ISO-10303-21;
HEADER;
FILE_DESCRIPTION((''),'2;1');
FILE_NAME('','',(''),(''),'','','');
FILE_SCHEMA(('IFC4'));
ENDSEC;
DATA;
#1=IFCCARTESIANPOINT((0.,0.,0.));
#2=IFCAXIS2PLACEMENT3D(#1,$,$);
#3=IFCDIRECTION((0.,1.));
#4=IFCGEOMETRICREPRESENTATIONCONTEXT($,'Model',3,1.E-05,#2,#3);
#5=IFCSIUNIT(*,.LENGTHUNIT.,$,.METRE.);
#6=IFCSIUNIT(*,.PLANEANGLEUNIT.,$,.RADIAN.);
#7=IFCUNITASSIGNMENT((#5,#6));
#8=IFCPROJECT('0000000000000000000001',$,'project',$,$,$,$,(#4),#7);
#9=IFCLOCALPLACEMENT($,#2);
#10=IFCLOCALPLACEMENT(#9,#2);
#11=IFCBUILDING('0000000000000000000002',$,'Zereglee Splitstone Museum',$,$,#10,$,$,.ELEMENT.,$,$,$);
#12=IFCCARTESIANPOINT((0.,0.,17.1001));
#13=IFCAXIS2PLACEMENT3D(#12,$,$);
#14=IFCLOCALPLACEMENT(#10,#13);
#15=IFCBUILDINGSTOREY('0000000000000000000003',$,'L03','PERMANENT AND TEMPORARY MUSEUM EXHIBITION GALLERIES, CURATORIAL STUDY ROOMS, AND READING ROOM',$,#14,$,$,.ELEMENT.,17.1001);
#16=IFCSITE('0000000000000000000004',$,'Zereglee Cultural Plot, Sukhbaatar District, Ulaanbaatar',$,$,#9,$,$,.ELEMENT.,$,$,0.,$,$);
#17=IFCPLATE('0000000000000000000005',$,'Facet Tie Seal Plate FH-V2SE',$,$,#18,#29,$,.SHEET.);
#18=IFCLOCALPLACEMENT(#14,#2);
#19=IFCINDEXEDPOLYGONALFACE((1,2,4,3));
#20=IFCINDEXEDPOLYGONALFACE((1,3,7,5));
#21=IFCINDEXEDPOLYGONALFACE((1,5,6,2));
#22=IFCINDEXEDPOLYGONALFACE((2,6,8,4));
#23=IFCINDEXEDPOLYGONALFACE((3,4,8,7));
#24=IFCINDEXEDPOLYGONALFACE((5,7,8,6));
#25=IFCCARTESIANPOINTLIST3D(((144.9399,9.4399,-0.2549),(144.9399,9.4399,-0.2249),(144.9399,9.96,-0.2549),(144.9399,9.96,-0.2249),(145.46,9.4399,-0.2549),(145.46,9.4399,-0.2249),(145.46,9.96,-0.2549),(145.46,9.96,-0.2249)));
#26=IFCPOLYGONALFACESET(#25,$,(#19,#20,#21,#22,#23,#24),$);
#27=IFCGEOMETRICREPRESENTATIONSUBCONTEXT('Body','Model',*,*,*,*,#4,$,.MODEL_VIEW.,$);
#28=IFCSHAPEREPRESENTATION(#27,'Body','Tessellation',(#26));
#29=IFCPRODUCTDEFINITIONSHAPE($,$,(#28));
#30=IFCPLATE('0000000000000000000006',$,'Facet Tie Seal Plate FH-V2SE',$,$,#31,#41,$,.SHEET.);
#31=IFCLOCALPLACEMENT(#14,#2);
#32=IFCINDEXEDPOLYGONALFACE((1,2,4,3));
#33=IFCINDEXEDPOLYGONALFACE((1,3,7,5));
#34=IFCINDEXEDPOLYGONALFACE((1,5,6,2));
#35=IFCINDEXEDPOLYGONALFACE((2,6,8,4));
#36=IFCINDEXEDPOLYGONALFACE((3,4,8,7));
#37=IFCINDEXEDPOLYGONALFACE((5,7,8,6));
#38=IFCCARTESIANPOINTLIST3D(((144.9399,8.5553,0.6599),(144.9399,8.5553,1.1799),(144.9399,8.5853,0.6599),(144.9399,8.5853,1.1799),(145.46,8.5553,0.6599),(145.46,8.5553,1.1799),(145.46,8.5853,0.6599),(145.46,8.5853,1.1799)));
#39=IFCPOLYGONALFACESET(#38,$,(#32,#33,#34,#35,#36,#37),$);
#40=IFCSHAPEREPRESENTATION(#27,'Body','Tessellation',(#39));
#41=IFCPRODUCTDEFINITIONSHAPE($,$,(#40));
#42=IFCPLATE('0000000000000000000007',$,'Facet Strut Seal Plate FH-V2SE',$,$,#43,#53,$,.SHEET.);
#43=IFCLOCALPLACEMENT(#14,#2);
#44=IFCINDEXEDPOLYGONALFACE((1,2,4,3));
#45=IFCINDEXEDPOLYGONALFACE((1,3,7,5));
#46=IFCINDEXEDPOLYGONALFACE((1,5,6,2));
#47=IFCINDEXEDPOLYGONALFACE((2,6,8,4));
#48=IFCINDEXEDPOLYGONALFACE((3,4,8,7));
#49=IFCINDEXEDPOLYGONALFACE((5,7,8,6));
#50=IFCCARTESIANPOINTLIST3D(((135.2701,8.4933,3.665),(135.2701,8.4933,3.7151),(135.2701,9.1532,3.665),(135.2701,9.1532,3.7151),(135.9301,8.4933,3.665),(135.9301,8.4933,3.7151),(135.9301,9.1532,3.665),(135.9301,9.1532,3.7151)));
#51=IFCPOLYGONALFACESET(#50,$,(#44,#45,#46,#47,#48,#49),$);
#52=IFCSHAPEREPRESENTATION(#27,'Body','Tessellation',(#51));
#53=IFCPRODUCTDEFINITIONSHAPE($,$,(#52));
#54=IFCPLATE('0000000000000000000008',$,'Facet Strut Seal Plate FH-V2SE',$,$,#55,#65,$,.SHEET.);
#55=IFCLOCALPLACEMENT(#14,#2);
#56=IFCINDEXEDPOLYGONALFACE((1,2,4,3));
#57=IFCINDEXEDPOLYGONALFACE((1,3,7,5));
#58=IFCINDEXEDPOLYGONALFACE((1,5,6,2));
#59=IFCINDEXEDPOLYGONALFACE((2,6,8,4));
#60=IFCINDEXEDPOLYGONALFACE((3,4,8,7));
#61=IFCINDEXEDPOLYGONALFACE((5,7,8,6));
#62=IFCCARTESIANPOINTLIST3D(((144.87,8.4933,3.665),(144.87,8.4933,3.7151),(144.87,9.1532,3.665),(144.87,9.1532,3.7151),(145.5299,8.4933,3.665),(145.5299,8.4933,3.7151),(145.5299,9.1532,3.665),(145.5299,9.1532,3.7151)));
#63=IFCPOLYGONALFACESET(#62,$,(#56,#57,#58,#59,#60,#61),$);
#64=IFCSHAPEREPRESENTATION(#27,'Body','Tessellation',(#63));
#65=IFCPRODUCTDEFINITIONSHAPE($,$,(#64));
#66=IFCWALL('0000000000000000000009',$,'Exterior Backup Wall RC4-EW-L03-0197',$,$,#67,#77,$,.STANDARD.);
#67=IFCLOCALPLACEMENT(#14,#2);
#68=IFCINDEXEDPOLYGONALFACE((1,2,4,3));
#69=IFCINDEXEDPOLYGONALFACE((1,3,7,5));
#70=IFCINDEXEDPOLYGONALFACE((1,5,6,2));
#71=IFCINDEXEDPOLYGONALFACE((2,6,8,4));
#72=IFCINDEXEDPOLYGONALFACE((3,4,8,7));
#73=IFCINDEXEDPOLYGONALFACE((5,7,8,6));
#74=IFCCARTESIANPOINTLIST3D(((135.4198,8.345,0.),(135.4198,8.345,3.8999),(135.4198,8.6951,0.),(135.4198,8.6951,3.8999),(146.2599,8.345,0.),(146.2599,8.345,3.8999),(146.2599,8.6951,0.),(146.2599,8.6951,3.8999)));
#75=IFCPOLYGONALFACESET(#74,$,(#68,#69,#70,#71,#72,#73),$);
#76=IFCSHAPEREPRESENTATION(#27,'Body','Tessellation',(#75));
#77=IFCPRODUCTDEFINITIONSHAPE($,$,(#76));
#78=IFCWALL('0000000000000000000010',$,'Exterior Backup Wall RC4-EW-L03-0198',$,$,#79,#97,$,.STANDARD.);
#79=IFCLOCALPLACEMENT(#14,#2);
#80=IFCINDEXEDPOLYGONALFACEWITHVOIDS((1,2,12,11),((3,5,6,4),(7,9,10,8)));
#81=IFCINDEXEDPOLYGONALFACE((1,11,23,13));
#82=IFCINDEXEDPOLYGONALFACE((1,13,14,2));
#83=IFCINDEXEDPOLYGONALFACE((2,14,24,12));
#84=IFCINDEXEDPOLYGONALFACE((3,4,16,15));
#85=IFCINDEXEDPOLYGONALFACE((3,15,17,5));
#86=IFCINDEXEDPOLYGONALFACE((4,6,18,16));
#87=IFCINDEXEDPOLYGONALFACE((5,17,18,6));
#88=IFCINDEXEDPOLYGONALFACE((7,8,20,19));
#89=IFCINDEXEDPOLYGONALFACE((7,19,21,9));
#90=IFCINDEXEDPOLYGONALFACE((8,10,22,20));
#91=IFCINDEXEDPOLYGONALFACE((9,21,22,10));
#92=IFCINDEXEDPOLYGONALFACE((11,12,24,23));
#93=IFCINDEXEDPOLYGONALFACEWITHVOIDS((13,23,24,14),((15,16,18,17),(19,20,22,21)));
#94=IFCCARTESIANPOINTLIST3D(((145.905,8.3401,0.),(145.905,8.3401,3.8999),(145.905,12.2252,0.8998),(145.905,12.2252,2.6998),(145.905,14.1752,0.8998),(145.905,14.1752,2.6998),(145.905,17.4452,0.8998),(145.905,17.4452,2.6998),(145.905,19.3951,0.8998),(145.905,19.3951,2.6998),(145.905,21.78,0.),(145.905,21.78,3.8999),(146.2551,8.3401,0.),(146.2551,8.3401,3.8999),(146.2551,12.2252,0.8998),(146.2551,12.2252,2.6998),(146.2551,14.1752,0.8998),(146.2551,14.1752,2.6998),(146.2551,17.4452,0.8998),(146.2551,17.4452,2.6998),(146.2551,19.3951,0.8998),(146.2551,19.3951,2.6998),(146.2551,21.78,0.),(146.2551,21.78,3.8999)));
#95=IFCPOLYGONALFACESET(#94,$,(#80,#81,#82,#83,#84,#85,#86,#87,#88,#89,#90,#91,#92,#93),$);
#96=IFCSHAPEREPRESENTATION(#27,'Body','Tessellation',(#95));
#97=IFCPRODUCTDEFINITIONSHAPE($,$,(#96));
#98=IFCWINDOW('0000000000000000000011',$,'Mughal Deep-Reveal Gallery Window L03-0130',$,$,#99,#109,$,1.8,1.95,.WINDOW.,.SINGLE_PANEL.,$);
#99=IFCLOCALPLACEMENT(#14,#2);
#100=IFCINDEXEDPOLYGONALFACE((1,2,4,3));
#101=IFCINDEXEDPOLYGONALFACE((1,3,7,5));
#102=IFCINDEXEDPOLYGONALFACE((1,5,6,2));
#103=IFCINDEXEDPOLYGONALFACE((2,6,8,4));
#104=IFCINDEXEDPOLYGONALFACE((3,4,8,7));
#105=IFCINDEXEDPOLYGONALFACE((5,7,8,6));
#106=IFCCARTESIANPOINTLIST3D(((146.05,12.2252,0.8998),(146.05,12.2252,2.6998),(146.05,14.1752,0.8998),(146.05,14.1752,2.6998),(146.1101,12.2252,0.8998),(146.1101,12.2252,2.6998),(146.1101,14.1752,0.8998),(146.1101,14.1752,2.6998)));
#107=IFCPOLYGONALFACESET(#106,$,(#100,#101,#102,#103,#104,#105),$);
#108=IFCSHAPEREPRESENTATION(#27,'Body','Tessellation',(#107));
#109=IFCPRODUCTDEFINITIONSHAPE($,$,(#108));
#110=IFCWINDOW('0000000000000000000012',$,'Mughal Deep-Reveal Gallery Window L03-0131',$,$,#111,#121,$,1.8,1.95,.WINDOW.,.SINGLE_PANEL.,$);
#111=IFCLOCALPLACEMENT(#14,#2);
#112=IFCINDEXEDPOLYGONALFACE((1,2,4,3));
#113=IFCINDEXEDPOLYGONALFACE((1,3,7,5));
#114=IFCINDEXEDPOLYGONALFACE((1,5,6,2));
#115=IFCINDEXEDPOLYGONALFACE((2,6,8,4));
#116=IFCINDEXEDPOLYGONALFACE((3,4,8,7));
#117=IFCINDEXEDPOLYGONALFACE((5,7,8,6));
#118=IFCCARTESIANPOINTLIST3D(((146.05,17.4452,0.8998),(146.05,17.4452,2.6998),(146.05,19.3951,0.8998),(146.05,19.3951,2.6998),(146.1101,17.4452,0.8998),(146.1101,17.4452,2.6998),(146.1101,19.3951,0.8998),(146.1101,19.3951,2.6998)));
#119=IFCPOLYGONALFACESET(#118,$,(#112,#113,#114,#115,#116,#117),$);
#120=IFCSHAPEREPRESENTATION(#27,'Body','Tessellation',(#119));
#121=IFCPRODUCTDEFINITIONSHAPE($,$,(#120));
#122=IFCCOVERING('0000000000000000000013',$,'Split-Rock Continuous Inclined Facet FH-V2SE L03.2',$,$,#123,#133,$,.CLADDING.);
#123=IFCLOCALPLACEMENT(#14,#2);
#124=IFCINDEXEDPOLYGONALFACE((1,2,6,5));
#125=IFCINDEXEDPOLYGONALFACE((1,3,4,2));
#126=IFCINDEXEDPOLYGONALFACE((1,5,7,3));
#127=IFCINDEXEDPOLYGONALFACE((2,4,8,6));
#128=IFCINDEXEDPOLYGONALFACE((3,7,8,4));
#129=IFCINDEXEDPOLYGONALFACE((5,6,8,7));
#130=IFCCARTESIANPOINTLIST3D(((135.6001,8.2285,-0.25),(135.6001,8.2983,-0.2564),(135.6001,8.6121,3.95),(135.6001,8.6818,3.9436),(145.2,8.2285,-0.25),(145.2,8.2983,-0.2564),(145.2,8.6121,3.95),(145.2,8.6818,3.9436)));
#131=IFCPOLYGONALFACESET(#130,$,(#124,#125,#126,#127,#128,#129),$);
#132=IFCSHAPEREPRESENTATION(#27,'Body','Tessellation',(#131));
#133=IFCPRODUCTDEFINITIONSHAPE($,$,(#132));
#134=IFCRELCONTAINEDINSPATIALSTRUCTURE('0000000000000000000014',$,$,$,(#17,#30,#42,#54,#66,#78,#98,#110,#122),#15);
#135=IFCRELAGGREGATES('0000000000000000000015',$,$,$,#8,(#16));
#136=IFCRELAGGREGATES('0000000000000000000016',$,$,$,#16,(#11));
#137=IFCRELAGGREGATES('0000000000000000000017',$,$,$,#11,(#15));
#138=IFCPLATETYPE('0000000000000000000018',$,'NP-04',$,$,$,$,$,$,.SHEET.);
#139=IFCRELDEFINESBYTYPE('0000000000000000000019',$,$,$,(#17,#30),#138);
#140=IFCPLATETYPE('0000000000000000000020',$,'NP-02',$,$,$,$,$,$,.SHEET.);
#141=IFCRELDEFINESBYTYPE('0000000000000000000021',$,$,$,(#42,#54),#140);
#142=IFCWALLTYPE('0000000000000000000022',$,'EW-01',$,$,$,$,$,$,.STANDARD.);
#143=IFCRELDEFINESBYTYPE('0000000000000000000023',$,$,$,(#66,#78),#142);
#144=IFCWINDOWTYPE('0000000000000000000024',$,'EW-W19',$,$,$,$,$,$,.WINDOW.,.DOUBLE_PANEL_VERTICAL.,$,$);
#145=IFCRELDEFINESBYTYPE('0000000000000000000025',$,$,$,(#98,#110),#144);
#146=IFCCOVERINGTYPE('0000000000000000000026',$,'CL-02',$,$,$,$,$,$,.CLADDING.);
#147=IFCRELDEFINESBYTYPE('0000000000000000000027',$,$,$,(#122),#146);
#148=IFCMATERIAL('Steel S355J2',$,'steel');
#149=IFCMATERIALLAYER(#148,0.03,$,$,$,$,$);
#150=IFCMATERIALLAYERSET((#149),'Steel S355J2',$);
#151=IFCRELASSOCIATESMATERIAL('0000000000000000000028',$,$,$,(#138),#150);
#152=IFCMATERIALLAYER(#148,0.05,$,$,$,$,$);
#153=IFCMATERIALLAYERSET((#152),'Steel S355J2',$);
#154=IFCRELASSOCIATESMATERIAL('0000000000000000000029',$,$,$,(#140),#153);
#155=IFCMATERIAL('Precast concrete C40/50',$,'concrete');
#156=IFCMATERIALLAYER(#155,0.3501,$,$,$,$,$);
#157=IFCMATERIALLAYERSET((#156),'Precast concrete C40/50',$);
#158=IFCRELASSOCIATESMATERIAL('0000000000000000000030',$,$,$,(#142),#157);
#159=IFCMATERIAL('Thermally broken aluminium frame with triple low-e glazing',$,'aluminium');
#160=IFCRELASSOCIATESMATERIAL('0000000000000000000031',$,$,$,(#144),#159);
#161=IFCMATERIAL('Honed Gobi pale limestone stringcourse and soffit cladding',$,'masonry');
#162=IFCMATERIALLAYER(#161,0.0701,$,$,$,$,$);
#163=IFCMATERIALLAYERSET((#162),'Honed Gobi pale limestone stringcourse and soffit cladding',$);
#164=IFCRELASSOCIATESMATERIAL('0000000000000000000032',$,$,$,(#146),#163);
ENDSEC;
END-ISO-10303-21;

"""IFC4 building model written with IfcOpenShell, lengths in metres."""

from ifc_helpers import new_model, si_unit, direction, frame, frame_2d, origin, origin_2d, place, context, subcontext, project, spatial, polyline, rectangle, outline, extrude, material, layer, layer_set, type_object, element, fill, save


model = new_model("IFC4")

# Units and contexts
model_context = context("Model", 3, precision=1e-05, world=origin(), true_north=direction((0.0, 1.0)))
body_context = subcontext(model_context, "Body", "Model", "MODEL_VIEW")
ifc_project = project(units=[si_unit("LENGTHUNIT", "METRE"), si_unit("PLANEANGLEUNIT", "RADIAN")], contexts=[model_context])

# Site, building, storey
site_placement = place(None, origin())
site = spatial("IfcSite", under=ifc_project, at=site_placement, Name="Zereglee Cultural Plot, Sukhbaatar District, Ulaanbaatar", CompositionType="ELEMENT", RefElevation=0.0)
building_placement = place(site_placement, origin())
building = spatial("IfcBuilding", under=site, at=building_placement, Name="Zereglee Splitstone Museum", CompositionType="ELEMENT")
storey_placement = place(building_placement, frame((0.0, 0.0, 17.1001)))
storey = spatial("IfcBuildingStorey", under=building, at=storey_placement, Name="L03", Description="PERMANENT AND TEMPORARY MUSEUM EXHIBITION GALLERIES, CURATORIAL STUDY ROOMS, AND READING ROOM", CompositionType="ELEMENT", Elevation=17.1001)

# Shared definitions
ifc_material_1 = material(Name="Steel S355J2", Category="steel")

# Plates
ifc_layer_1 = layer(ifc_material_1, 0.03)
ifc_layer_set_1 = layer_set([ifc_layer_1], Name="Steel S355J2")
plate_type_1 = type_object("IfcPlateType", Name="NP-04", PredefinedType="SHEET", material=ifc_layer_set_1)
plate_1_placement = place(storey_placement, frame((145.2, 9.7, -0.2549), z_axis=(0.0, 0.0, 1.0), x_axis=(1.0, 0.0, 0.0)))
element("IfcPlate", 1, at=plate_1_placement, inside=storey, type_object=plate_type_1, Name="Facet Tie Seal Plate FH-V2SE", PredefinedType="SHEET", context=body_context, shape_type="SweptSolid", body=[
    extrude(rectangle(XDim=0.52, YDim=0.52, at=origin_2d()), origin(), (0.0, 0.0, 1.0), 0.03),
])
plate_2_placement = place(storey_placement, frame((145.2, 8.5703, 0.6599), z_axis=(0.0, 0.0, 1.0), x_axis=(1.0, 0.0, 0.0)))
element("IfcPlate", 2, at=plate_2_placement, inside=storey, type_object=plate_type_1, Name="Facet Tie Seal Plate FH-V2SE", PredefinedType="SHEET", context=body_context, shape_type="SweptSolid", body=[
    extrude(rectangle(XDim=0.52, YDim=0.03, at=origin_2d()), origin(), (0.0, 0.0, 1.0), 0.52),
])
ifc_layer_2 = layer(ifc_material_1, 0.05)
ifc_layer_set_2 = layer_set([ifc_layer_2], Name="Steel S355J2")
plate_type_2 = type_object("IfcPlateType", Name="NP-02", PredefinedType="SHEET", material=ifc_layer_set_2)
for number, where, z_axis, x_axis, name in (
    (3, (135.6001, 8.8232, 3.665), (0.0, 0.0, 1.0), (1.0, 0.0, 0.0), "Facet Strut Seal Plate FH-V2SE"),
    (4, (145.2, 8.8232, 3.665), (0.0, 0.0, 1.0), (1.0, 0.0, 0.0), "Facet Strut Seal Plate FH-V2SE"),
):
    element("IfcPlate", number, at=place(storey_placement, frame(where, z_axis=z_axis, x_axis=x_axis)), inside=storey, type_object=plate_type_2, Name=name, PredefinedType="SHEET", context=body_context, shape_type="SweptSolid", body=[
        extrude(rectangle(XDim=0.6599, YDim=0.6599, at=origin_2d()), origin(), (0.0, 0.0, 1.0), 0.05),
    ])

# Wall
ifc_material_2 = material(Name="Precast concrete C40/50", Category="concrete")
ifc_layer_3 = layer(ifc_material_2, 0.3501)
ifc_layer_set_3 = layer_set([ifc_layer_3], Name="Precast concrete C40/50")
wall_type = type_object("IfcWallType", Name="EW-01", PredefinedType="STANDARD", material=ifc_layer_set_3)
wall_1_placement = place(storey_placement, frame((135.4199, 8.52, 0.0), z_axis=(0.0, 0.0, 1.0), x_axis=(1.0, 0.0, 0.0)))
element("IfcWall", 5, at=wall_1_placement, inside=storey, type_object=wall_type, Name="Exterior Backup Wall RC4-EW-L03-0197", PredefinedType="STANDARD", context=body_context, shape_type="SweptSolid", body=[
    extrude(rectangle(XDim=10.8401, YDim=0.3501, at=frame_2d((5.4199, 0.0))), origin(), (0.0, 0.0, 1.0), 3.8999),
])

# Wall, openings, windows
wall_2_placement = place(storey_placement, frame((146.0801, 8.3401, 0.0), z_axis=(0.0, 0.0, 1.0), x_axis=(0.0, 1.0, 0.0)))
wall_2 = element("IfcWall", 6, at=wall_2_placement, inside=storey, type_object=wall_type, Name="Exterior Backup Wall RC4-EW-L03-0198", PredefinedType="STANDARD", context=body_context, shape_type="SweptSolid", body=[
    extrude(rectangle(XDim=13.4399, YDim=0.3501, at=frame_2d((6.72, 0.0))), origin(), (0.0, 0.0, 1.0), 3.8999),
])
opening_1_placement = place(wall_2_placement, frame((3.885, 0.0, 0.8999)))
opening_1 = element("IfcOpeningElement", 7, at=opening_1_placement, cuts=wall_2, PredefinedType="OPENING", context=body_context, shape_type="SweptSolid", body=[
    extrude(rectangle(XDim=1.95, YDim=1.8, at=frame_2d((0.9751, 0.8999))), frame((0.0, 0.1899, 0.0), z_axis=(0.0, -1.0, 0.0), x_axis=(1.0, 0.0, 0.0)), (0.0, 0.0, 1.0), 0.3799),
])
opening_2_placement = place(wall_2_placement, frame((9.105, 0.0, 0.8999)))
opening_2 = element("IfcOpeningElement", 8, at=opening_2_placement, cuts=wall_2, PredefinedType="OPENING", context=body_context, shape_type="SweptSolid", body=[
    extrude(rectangle(XDim=1.95, YDim=1.8, at=frame_2d((0.9751, 0.8999))), frame((0.0, 0.1899, 0.0), z_axis=(0.0, -1.0, 0.0), x_axis=(1.0, 0.0, 0.0)), (0.0, 0.0, 1.0), 0.3799),
])
ifc_material_3 = material(Name="Thermally broken aluminium frame with triple low-e glazing", Category="aluminium")
window_type = type_object("IfcWindowType", Name="EW-W19", PartitioningType="DOUBLE_PANEL_VERTICAL", PredefinedType="WINDOW", material=ifc_material_3)
window_1_placement = place(opening_1_placement, origin())
window_1 = element("IfcWindow", 9, at=window_1_placement, inside=storey, type_object=window_type, Name="Mughal Deep-Reveal Gallery Window L03-0130", OverallHeight=1.8, OverallWidth=1.95, PartitioningType="SINGLE_PANEL", PredefinedType="WINDOW", context=body_context, shape_type="SweptSolid", body=[
    extrude(rectangle(XDim=1.95, YDim=1.8, at=frame_2d((0.9751, 0.8999))), frame((0.0, 0.03, 0.0), z_axis=(0.0, -1.0, 0.0), x_axis=(1.0, 0.0, 0.0)), (0.0, 0.0, 1.0), 0.0601),
])
fill(opening_1, window_1)
window_2_placement = place(opening_2_placement, origin())
window_2 = element("IfcWindow", 10, at=window_2_placement, inside=storey, type_object=window_type, Name="Mughal Deep-Reveal Gallery Window L03-0131", OverallHeight=1.8, OverallWidth=1.95, PartitioningType="SINGLE_PANEL", PredefinedType="WINDOW", context=body_context, shape_type="SweptSolid", body=[
    extrude(rectangle(XDim=1.95, YDim=1.8, at=frame_2d((0.9751, 0.8999))), frame((0.0, 0.03, 0.0), z_axis=(0.0, -1.0, 0.0), x_axis=(1.0, 0.0, 0.0)), (0.0, 0.0, 1.0), 0.0601),
])
fill(opening_2, window_2)

# Covering
ifc_material_4 = material(Name="Honed Gobi pale limestone stringcourse and soffit cladding", Category="masonry")
ifc_layer_4 = layer(ifc_material_4, 0.0701)
ifc_layer_set_4 = layer_set([ifc_layer_4], Name="Honed Gobi pale limestone stringcourse and soffit cladding")
covering_type = type_object("IfcCoveringType", Name="CL-02", PredefinedType="CLADDING", material=ifc_layer_set_4)
covering_placement = place(storey_placement, frame((135.6001, 8.2285, -0.25), z_axis=(0.0, -0.995856, 0.090943), x_axis=(1.0, 0.0, 0.0)))
element("IfcCovering", 11, at=covering_placement, inside=storey, type_object=covering_type, Name="Split-Rock Continuous Inclined Facet FH-V2SE L03.2", PredefinedType="CLADDING", context=body_context, shape_type="SweptSolid", body=[
    extrude(outline(polyline([(0.0, 0.0), (9.5999, 0.0), (9.5999, 4.2174), (0.0, 4.2174), (0.0, 0.0)])), origin(), (0.0, 0.0, -1.0), 0.0701),
])

save(model, "model.ifc")
